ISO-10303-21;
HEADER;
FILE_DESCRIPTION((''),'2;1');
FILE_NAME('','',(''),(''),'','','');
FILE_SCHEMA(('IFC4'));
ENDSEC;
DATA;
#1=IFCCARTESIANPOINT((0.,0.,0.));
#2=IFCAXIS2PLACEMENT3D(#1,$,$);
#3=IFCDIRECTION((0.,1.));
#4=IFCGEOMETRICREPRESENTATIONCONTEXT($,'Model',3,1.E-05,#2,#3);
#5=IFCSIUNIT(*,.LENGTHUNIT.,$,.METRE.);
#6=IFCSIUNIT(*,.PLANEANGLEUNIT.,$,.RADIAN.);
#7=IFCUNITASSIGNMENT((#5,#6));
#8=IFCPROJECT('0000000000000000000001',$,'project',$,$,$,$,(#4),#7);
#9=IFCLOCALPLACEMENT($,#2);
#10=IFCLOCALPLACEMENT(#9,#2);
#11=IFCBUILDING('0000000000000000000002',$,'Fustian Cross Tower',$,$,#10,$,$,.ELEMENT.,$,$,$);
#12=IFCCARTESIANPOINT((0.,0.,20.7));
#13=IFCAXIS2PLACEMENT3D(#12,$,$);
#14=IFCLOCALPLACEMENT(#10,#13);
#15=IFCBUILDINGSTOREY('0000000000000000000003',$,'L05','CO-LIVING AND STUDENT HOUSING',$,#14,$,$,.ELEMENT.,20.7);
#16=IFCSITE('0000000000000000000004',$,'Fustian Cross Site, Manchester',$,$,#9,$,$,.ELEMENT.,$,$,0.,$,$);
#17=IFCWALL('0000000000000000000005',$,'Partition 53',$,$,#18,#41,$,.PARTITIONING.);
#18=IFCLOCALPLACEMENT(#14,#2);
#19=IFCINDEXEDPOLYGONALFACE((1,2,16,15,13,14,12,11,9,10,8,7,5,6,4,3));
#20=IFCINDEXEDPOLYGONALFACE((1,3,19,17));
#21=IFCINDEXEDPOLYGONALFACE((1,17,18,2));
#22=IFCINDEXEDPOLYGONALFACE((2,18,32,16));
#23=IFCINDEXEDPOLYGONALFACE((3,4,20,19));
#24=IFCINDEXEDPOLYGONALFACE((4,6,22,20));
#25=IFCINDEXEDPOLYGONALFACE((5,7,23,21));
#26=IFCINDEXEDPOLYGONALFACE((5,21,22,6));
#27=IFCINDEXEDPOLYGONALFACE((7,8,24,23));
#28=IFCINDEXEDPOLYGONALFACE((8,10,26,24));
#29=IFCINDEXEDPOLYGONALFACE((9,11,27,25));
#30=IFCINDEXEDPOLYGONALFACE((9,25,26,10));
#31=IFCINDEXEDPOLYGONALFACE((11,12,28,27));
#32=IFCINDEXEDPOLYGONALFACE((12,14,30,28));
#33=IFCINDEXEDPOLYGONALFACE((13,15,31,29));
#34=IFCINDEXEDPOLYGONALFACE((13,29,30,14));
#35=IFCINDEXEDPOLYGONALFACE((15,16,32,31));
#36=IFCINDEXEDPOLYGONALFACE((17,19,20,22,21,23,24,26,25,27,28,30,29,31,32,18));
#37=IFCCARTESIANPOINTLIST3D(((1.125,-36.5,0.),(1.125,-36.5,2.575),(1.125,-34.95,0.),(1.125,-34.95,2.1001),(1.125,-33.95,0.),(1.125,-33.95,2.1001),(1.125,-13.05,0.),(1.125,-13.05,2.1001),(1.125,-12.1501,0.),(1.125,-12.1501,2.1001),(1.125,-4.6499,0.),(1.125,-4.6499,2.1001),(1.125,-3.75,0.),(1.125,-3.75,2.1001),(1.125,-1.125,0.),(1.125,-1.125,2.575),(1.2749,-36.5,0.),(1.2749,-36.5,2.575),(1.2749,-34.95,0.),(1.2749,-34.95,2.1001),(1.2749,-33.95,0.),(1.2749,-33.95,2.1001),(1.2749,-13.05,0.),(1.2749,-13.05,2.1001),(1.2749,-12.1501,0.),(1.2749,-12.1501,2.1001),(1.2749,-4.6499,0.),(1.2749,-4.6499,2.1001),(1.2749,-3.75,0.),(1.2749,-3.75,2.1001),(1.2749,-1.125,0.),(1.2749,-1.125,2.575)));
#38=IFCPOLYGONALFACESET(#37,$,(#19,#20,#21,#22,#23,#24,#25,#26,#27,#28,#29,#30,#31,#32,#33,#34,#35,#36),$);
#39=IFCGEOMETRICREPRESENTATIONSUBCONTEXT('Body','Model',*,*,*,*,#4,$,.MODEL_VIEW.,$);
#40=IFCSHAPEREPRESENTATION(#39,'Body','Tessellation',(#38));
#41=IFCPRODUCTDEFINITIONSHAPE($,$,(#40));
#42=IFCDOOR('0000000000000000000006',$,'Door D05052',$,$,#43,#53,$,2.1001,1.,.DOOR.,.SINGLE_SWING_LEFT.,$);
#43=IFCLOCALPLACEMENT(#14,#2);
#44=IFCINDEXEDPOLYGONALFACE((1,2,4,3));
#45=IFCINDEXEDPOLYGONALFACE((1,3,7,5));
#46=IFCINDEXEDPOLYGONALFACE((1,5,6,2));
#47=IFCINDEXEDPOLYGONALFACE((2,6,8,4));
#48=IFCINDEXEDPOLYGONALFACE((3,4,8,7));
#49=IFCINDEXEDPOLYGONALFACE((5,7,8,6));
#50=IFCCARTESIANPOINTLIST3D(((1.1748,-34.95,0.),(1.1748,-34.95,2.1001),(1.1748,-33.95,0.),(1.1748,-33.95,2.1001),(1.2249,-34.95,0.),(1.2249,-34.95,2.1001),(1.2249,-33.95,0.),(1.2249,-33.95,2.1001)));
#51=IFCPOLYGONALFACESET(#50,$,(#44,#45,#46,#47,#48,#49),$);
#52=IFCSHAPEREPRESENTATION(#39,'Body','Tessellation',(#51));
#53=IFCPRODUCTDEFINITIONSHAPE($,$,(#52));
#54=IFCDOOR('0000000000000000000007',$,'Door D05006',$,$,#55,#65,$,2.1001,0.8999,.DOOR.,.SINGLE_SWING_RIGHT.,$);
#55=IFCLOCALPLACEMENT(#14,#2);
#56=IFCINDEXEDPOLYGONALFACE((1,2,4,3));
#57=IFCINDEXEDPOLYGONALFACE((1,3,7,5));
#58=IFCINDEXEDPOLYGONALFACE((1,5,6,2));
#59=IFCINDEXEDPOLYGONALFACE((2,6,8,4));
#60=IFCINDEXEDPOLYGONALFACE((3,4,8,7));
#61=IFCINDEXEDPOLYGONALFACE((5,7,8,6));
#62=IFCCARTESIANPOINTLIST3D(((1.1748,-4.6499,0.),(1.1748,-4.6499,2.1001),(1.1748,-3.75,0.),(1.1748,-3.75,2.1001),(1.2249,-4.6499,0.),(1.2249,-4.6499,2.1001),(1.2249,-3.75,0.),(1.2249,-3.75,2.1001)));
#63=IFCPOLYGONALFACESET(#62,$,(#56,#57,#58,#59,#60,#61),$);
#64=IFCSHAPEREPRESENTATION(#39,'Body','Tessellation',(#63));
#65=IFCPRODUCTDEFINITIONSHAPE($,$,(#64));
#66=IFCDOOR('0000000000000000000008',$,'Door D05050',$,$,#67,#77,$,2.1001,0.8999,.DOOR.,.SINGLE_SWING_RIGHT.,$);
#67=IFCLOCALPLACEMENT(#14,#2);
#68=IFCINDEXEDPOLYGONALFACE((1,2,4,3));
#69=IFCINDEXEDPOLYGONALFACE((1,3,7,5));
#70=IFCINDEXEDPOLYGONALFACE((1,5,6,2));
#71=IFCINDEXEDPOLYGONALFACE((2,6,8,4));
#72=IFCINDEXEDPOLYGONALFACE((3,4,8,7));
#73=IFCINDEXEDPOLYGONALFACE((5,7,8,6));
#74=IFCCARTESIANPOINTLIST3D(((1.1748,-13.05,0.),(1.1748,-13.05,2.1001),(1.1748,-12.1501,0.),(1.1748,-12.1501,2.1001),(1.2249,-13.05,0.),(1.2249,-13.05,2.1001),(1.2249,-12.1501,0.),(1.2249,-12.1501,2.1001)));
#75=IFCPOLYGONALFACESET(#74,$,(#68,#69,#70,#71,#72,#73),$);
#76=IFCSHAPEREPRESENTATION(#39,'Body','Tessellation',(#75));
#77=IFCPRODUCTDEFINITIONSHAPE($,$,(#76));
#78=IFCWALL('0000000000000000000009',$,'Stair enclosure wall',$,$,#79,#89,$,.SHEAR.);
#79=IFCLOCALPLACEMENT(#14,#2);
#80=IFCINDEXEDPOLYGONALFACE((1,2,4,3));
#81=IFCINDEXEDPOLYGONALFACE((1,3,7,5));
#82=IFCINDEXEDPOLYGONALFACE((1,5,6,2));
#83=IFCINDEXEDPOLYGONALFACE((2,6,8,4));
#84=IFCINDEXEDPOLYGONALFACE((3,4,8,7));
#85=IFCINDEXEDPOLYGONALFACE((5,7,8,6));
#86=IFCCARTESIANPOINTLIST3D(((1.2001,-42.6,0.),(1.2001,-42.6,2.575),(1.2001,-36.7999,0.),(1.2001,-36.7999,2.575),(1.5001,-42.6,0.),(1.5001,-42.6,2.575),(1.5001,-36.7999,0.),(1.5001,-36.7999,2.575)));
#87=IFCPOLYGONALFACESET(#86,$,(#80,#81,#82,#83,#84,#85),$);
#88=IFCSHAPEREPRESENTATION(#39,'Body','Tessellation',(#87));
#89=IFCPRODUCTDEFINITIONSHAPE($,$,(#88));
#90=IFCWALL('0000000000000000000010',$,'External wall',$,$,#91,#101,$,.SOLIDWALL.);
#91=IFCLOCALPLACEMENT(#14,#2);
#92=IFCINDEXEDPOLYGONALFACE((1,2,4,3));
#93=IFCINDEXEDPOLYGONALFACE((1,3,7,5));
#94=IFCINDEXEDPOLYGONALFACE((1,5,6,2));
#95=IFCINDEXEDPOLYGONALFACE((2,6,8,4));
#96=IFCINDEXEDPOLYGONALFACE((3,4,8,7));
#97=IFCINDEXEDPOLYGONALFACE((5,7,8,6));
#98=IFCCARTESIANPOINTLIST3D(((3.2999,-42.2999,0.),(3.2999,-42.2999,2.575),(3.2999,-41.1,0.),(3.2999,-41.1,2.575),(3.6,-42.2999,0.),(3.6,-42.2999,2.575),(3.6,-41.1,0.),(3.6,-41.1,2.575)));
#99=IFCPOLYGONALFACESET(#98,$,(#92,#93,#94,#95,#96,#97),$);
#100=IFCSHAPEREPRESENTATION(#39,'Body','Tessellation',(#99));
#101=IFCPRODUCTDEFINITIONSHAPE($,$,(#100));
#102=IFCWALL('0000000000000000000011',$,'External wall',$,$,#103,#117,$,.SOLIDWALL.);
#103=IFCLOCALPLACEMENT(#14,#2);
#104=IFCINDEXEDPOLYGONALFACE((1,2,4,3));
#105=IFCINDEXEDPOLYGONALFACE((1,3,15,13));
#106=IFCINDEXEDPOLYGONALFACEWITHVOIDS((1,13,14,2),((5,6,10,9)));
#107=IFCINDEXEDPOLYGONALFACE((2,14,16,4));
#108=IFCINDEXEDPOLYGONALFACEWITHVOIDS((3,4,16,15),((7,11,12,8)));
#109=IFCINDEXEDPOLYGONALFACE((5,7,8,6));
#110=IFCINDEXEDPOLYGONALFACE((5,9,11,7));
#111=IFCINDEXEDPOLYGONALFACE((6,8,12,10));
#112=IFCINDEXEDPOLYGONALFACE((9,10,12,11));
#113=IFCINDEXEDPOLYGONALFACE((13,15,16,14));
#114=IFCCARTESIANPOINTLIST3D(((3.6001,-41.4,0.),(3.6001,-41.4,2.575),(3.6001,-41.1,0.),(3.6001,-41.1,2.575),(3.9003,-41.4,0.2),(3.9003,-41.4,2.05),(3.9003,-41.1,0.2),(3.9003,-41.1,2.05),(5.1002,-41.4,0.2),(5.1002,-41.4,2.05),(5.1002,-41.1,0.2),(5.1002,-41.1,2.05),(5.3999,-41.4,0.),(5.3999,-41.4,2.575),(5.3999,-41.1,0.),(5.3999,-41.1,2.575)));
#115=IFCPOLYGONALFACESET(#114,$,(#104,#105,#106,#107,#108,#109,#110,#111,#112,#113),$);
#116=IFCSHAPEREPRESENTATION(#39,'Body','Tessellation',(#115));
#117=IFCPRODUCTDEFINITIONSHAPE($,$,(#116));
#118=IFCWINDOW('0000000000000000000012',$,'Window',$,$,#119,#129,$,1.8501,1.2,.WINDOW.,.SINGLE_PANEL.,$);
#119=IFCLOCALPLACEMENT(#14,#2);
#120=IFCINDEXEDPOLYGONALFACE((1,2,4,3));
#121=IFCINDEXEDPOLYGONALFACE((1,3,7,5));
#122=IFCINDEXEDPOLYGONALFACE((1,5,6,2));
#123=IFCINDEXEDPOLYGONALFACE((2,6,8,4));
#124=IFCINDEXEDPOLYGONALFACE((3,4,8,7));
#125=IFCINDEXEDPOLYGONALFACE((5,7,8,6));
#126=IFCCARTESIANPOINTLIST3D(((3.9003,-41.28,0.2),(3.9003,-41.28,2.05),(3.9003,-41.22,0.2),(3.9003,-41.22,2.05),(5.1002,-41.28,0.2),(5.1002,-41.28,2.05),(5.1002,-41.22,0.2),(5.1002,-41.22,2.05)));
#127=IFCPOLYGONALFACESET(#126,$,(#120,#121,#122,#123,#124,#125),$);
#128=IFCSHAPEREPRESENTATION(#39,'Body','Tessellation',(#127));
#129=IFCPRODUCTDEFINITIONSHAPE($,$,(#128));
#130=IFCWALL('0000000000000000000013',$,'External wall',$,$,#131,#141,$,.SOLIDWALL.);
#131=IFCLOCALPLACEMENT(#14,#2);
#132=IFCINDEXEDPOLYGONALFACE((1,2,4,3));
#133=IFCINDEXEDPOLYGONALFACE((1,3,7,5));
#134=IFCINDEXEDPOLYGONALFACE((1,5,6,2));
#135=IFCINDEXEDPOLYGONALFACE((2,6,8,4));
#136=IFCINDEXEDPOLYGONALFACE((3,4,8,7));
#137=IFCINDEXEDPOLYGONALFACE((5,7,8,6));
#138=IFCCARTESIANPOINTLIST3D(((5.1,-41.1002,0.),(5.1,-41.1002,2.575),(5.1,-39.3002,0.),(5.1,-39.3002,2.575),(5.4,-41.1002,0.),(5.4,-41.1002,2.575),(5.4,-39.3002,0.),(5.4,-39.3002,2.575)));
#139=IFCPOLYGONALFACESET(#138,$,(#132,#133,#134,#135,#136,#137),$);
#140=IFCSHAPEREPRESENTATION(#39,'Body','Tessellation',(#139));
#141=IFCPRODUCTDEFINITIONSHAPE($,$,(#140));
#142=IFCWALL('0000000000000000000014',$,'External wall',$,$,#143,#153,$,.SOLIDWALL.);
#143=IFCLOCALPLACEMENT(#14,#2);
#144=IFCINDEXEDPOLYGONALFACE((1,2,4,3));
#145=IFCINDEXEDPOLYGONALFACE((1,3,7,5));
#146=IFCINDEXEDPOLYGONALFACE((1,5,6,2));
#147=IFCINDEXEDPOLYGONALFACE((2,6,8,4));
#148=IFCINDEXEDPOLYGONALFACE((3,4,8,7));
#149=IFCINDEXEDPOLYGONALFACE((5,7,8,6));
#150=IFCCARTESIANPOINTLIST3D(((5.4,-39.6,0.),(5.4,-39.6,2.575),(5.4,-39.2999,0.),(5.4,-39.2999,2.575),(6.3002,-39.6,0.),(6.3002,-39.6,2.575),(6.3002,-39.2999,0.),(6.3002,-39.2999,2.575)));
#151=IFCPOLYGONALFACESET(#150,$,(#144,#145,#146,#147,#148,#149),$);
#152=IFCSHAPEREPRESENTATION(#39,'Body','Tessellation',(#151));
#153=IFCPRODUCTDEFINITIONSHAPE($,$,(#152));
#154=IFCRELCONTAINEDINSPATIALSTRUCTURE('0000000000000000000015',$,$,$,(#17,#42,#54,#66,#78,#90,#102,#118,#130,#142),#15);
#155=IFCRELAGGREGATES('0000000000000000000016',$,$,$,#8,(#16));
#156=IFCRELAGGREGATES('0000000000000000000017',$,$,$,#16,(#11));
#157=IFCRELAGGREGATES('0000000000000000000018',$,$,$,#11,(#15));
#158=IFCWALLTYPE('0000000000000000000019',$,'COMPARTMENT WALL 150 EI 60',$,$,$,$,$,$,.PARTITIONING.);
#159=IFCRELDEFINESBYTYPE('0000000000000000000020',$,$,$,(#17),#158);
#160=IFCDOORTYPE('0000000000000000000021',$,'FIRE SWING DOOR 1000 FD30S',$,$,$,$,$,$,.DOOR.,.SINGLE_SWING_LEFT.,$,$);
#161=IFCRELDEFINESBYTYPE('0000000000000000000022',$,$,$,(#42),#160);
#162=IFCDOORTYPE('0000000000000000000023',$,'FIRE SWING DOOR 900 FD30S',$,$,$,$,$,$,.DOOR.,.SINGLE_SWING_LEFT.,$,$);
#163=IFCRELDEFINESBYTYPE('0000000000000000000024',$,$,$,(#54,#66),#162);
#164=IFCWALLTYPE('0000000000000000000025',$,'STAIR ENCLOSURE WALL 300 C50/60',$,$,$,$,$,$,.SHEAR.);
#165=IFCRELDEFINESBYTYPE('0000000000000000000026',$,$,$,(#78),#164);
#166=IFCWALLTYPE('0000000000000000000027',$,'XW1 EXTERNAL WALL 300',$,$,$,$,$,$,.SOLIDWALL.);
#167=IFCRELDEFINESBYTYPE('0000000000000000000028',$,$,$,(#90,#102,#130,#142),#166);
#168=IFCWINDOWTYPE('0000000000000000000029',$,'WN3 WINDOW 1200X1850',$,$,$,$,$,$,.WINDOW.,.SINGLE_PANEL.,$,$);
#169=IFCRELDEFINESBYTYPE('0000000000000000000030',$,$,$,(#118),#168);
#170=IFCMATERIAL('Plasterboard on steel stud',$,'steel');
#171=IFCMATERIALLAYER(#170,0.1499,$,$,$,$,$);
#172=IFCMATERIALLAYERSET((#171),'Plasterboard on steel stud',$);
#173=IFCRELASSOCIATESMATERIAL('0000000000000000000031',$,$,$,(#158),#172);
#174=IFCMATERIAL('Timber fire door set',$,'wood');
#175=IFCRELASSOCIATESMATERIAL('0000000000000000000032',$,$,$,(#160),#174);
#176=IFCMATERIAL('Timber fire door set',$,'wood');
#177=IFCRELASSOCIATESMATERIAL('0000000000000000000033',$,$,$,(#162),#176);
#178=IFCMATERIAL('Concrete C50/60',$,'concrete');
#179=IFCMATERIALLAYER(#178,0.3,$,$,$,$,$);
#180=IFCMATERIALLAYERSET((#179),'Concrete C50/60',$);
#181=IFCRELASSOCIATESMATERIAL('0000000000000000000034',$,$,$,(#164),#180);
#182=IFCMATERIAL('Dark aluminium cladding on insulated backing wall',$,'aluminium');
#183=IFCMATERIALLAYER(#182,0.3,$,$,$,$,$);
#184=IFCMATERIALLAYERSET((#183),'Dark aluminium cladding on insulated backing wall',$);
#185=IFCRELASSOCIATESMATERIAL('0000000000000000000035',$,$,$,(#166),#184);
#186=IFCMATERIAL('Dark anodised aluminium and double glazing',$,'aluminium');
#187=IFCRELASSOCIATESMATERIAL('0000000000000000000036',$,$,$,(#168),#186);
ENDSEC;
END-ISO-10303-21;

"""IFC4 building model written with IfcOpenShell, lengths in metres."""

from ifc_helpers import new_model, si_unit, direction, frame, frame_2d, origin, place, context, subcontext, project, spatial, rectangle, extrude, material, layer, layer_set, type_object, element, fill, save


model = new_model("IFC4")

# Units and contexts
model_context = context("Model", 3, precision=1e-05, world=origin(), true_north=direction((0.0, 1.0)))
body_context = subcontext(model_context, "Body", "Model", "MODEL_VIEW")
ifc_project = project(units=[si_unit("LENGTHUNIT", "METRE"), si_unit("PLANEANGLEUNIT", "RADIAN")], contexts=[model_context])

# Site, building, storey
site_placement = place(None, origin())
site = spatial("IfcSite", under=ifc_project, at=site_placement, Name="Fustian Cross Site, Manchester", CompositionType="ELEMENT", RefElevation=0.0)
building_placement = place(site_placement, origin())
building = spatial("IfcBuilding", under=site, at=building_placement, Name="Fustian Cross Tower", CompositionType="ELEMENT")
storey_placement = place(building_placement, frame((0.0, 0.0, 20.7)))
storey = spatial("IfcBuildingStorey", under=building, at=storey_placement, Name="L05", Description="CO-LIVING AND STUDENT HOUSING", CompositionType="ELEMENT", Elevation=20.7)

# Wall, openings, doors
ifc_material_1 = material(Name="Plasterboard on steel stud", Category="steel")
ifc_layer_1 = layer(ifc_material_1, 0.1499)
ifc_layer_set_1 = layer_set([ifc_layer_1], Name="Plasterboard on steel stud")
wall_type_1 = type_object("IfcWallType", Name="COMPARTMENT WALL 150 EI 60", PredefinedType="PARTITIONING", material=ifc_layer_set_1)
wall_1_placement = place(storey_placement, frame((1.2, -36.5, 0.0), z_axis=(0.0, 0.0, 1.0), x_axis=(0.0, 1.0, 0.0)))
wall_1 = element("IfcWall", 1, at=wall_1_placement, inside=storey, type_object=wall_type_1, Name="Partition 53", PredefinedType="PARTITIONING", context=body_context, shape_type="SweptSolid", body=[
    extrude(rectangle(XDim=35.375, YDim=0.1499, at=frame_2d((17.6875, 0.0))), origin(), (0.0, 0.0, 1.0), 2.575),
])
opening_1_placement = place(wall_1_placement, frame((31.8501, 0.0, 0.0)))
opening_1 = element("IfcOpeningElement", 2, at=opening_1_placement, cuts=wall_1, PredefinedType="OPENING", context=body_context, shape_type="SweptSolid", body=[
    extrude(rectangle(XDim=0.8999, YDim=2.1001, at=frame_2d((0.45, 1.05))), frame((0.0, 0.085, 0.0), z_axis=(0.0, -1.0, 0.0), x_axis=(1.0, 0.0, 0.0)), (0.0, 0.0, 1.0), 0.1699),
])
opening_2_placement = place(wall_1_placement, frame((23.45, 0.0, 0.0)))
opening_2 = element("IfcOpeningElement", 3, at=opening_2_placement, cuts=wall_1, PredefinedType="OPENING", context=body_context, shape_type="SweptSolid", body=[
    extrude(rectangle(XDim=0.8999, YDim=2.1001, at=frame_2d((0.45, 1.05))), frame((0.0, 0.085, 0.0), z_axis=(0.0, -1.0, 0.0), x_axis=(1.0, 0.0, 0.0)), (0.0, 0.0, 1.0), 0.1699),
])
opening_3_placement = place(wall_1_placement, frame((1.55, 0.0, 0.0)))
opening_3 = element("IfcOpeningElement", 4, at=opening_3_placement, cuts=wall_1, PredefinedType="OPENING", context=body_context, shape_type="SweptSolid", body=[
    extrude(rectangle(XDim=1.0, YDim=2.1001, at=frame_2d((0.5, 1.05))), frame((0.0, 0.085, 0.0), z_axis=(0.0, -1.0, 0.0), x_axis=(1.0, 0.0, 0.0)), (0.0, 0.0, 1.0), 0.1699),
])
ifc_material_2 = material(Name="Timber fire door set", Category="wood")
door_type_1 = type_object("IfcDoorType", Name="FIRE SWING DOOR 1000 FD30S", OperationType="SINGLE_SWING_LEFT", PredefinedType="DOOR", material=ifc_material_2)
door_1_placement = place(opening_3_placement, frame((1.0, 0.0, 0.0), z_axis=(0.0, 0.0, 1.0), x_axis=(-1.0, 0.0, 0.0)))
door_1 = element("IfcDoor", 5, at=door_1_placement, inside=storey, type_object=door_type_1, Name="Door D05052", OperationType="SINGLE_SWING_LEFT", OverallHeight=2.1001, OverallWidth=1.0, PredefinedType="DOOR", context=body_context, shape_type="SweptSolid", body=[
    extrude(rectangle(XDim=1.0, YDim=2.1001, at=frame_2d((0.5, 1.05))), frame((0.0, 0.0249, 0.0), z_axis=(0.0, -1.0, 0.0), x_axis=(1.0, 0.0, 0.0)), (0.0, 0.0, 1.0), 0.05),
])
fill(opening_3, door_1)
ifc_material_3 = material(Name="Timber fire door set", Category="wood")
door_type_2 = type_object("IfcDoorType", Name="FIRE SWING DOOR 900 FD30S", OperationType="SINGLE_SWING_LEFT", PredefinedType="DOOR", material=ifc_material_3)
door_2_placement = place(opening_1_placement, frame((0.8999, 0.0, 0.0), z_axis=(0.0, 0.0, 1.0), x_axis=(-1.0, 0.0, 0.0)))
door_2 = element("IfcDoor", 6, at=door_2_placement, inside=storey, type_object=door_type_2, Name="Door D05006", OperationType="SINGLE_SWING_RIGHT", OverallHeight=2.1001, OverallWidth=0.8999, PredefinedType="DOOR", context=body_context, shape_type="SweptSolid", body=[
    extrude(rectangle(XDim=0.8999, YDim=2.1001, at=frame_2d((0.45, 1.05))), frame((0.0, 0.0249, 0.0), z_axis=(0.0, -1.0, 0.0), x_axis=(1.0, 0.0, 0.0)), (0.0, 0.0, 1.0), 0.05),
])
fill(opening_1, door_2)
door_3_placement = place(opening_2_placement, frame((0.8999, 0.0, 0.0), z_axis=(0.0, 0.0, 1.0), x_axis=(-1.0, 0.0, 0.0)))
door_3 = element("IfcDoor", 7, at=door_3_placement, inside=storey, type_object=door_type_2, Name="Door D05050", OperationType="SINGLE_SWING_RIGHT", OverallHeight=2.1001, OverallWidth=0.8999, PredefinedType="DOOR", context=body_context, shape_type="SweptSolid", body=[
    extrude(rectangle(XDim=0.8999, YDim=2.1001, at=frame_2d((0.45, 1.05))), frame((0.0, 0.0249, 0.0), z_axis=(0.0, -1.0, 0.0), x_axis=(1.0, 0.0, 0.0)), (0.0, 0.0, 1.0), 0.05),
])
fill(opening_2, door_3)

# Walls
ifc_material_4 = material(Name="Concrete C50/60", Category="concrete")
ifc_layer_2 = layer(ifc_material_4, 0.3)
ifc_layer_set_2 = layer_set([ifc_layer_2], Name="Concrete C50/60")
wall_type_2 = type_object("IfcWallType", Name="STAIR ENCLOSURE WALL 300 C50/60", PredefinedType="SHEAR", material=ifc_layer_set_2)
wall_2_placement = place(storey_placement, frame((1.3501, -36.8, 0.0), z_axis=(0.0, 0.0, 1.0), x_axis=(0.0, -1.0, 0.0)))
element("IfcWall", 8, at=wall_2_placement, inside=storey, type_object=wall_type_2, Name="Stair enclosure wall", PredefinedType="SHEAR", context=body_context, shape_type="SweptSolid", body=[
    extrude(rectangle(XDim=5.8, YDim=0.3, at=frame_2d((2.8999, 0.0))), origin(), (0.0, 0.0, 1.0), 2.575),
])
ifc_material_5 = material(Name="Dark aluminium cladding on insulated backing wall", Category="aluminium")
ifc_layer_3 = layer(ifc_material_5, 0.3)
ifc_layer_set_3 = layer_set([ifc_layer_3], Name="Dark aluminium cladding on insulated backing wall")
wall_type_3 = type_object("IfcWallType", Name="XW1 EXTERNAL WALL 300", PredefinedType="SOLIDWALL", material=ifc_layer_set_3)
wall_3_placement = place(storey_placement, frame((3.45, -42.3, 0.0), z_axis=(0.0, 0.0, 1.0), x_axis=(0.0, 1.0, 0.0)))
element("IfcWall", 9, at=wall_3_placement, inside=storey, type_object=wall_type_3, Name="External wall", PredefinedType="SOLIDWALL", context=body_context, shape_type="SweptSolid", body=[
    extrude(rectangle(XDim=1.2, YDim=0.3, at=frame_2d((0.6001, 0.0))), origin(), (0.0, 0.0, 1.0), 2.575),
])

# Wall, opening, window
wall_4_placement = place(storey_placement, frame((3.6001, -41.25, 0.0), z_axis=(0.0, 0.0, 1.0), x_axis=(1.0, 0.0, 0.0)))
wall_4 = element("IfcWall", 10, at=wall_4_placement, inside=storey, type_object=wall_type_3, Name="External wall", PredefinedType="SOLIDWALL", context=body_context, shape_type="SweptSolid", body=[
    extrude(rectangle(XDim=1.7998, YDim=0.3, at=frame_2d((0.8999, 0.0))), origin(), (0.0, 0.0, 1.0), 2.575),
])
opening_4_placement = place(wall_4_placement, frame((0.3, 0.0, 0.2)))
opening_4 = element("IfcOpeningElement", 11, at=opening_4_placement, cuts=wall_4, PredefinedType="OPENING", context=body_context, shape_type="SweptSolid", body=[
    extrude(rectangle(XDim=1.2, YDim=1.8501, at=frame_2d((0.6001, 0.925))), frame((0.0, 0.1599, 0.0), z_axis=(0.0, -1.0, 0.0), x_axis=(1.0, 0.0, 0.0)), (0.0, 0.0, 1.0), 0.3201),
])
ifc_material_6 = material(Name="Dark anodised aluminium and double glazing", Category="aluminium")
window_type = type_object("IfcWindowType", Name="WN3 WINDOW 1200X1850", PartitioningType="SINGLE_PANEL", PredefinedType="WINDOW", material=ifc_material_6)
window_1_placement = place(opening_4_placement, origin())
window_1 = element("IfcWindow", 12, at=window_1_placement, inside=storey, type_object=window_type, Name="Window", OverallHeight=1.8501, OverallWidth=1.2, PartitioningType="SINGLE_PANEL", PredefinedType="WINDOW", context=body_context, shape_type="SweptSolid", body=[
    extrude(rectangle(XDim=1.2, YDim=1.8501, at=frame_2d((0.6001, 0.925))), frame((0.0, 0.03, 0.0), z_axis=(0.0, -1.0, 0.0), x_axis=(1.0, 0.0, 0.0)), (0.0, 0.0, 1.0), 0.0601),
])
fill(opening_4, window_1)

# Walls
wall_5_placement = place(storey_placement, frame((5.25, -41.1001, 0.0), z_axis=(0.0, 0.0, 1.0), x_axis=(0.0, 1.0, 0.0)))
element("IfcWall", 13, at=wall_5_placement, inside=storey, type_object=wall_type_3, Name="External wall", PredefinedType="SOLIDWALL", context=body_context, shape_type="SweptSolid", body=[
    extrude(rectangle(XDim=1.8, YDim=0.3, at=frame_2d((0.8999, 0.0))), origin(), (0.0, 0.0, 1.0), 2.575),
])
wall_6_placement = place(storey_placement, frame((5.3999, -39.45, 0.0), z_axis=(0.0, 0.0, 1.0), x_axis=(1.0, 0.0, 0.0)))
element("IfcWall", 14, at=wall_6_placement, inside=storey, type_object=wall_type_3, Name="External wall", PredefinedType="SOLIDWALL", context=body_context, shape_type="SweptSolid", body=[
    extrude(rectangle(XDim=0.9001, YDim=0.3, at=frame_2d((0.4502, 0.0))), origin(), (0.0, 0.0, 1.0), 2.575),
])

save(model, "model.ifc")
